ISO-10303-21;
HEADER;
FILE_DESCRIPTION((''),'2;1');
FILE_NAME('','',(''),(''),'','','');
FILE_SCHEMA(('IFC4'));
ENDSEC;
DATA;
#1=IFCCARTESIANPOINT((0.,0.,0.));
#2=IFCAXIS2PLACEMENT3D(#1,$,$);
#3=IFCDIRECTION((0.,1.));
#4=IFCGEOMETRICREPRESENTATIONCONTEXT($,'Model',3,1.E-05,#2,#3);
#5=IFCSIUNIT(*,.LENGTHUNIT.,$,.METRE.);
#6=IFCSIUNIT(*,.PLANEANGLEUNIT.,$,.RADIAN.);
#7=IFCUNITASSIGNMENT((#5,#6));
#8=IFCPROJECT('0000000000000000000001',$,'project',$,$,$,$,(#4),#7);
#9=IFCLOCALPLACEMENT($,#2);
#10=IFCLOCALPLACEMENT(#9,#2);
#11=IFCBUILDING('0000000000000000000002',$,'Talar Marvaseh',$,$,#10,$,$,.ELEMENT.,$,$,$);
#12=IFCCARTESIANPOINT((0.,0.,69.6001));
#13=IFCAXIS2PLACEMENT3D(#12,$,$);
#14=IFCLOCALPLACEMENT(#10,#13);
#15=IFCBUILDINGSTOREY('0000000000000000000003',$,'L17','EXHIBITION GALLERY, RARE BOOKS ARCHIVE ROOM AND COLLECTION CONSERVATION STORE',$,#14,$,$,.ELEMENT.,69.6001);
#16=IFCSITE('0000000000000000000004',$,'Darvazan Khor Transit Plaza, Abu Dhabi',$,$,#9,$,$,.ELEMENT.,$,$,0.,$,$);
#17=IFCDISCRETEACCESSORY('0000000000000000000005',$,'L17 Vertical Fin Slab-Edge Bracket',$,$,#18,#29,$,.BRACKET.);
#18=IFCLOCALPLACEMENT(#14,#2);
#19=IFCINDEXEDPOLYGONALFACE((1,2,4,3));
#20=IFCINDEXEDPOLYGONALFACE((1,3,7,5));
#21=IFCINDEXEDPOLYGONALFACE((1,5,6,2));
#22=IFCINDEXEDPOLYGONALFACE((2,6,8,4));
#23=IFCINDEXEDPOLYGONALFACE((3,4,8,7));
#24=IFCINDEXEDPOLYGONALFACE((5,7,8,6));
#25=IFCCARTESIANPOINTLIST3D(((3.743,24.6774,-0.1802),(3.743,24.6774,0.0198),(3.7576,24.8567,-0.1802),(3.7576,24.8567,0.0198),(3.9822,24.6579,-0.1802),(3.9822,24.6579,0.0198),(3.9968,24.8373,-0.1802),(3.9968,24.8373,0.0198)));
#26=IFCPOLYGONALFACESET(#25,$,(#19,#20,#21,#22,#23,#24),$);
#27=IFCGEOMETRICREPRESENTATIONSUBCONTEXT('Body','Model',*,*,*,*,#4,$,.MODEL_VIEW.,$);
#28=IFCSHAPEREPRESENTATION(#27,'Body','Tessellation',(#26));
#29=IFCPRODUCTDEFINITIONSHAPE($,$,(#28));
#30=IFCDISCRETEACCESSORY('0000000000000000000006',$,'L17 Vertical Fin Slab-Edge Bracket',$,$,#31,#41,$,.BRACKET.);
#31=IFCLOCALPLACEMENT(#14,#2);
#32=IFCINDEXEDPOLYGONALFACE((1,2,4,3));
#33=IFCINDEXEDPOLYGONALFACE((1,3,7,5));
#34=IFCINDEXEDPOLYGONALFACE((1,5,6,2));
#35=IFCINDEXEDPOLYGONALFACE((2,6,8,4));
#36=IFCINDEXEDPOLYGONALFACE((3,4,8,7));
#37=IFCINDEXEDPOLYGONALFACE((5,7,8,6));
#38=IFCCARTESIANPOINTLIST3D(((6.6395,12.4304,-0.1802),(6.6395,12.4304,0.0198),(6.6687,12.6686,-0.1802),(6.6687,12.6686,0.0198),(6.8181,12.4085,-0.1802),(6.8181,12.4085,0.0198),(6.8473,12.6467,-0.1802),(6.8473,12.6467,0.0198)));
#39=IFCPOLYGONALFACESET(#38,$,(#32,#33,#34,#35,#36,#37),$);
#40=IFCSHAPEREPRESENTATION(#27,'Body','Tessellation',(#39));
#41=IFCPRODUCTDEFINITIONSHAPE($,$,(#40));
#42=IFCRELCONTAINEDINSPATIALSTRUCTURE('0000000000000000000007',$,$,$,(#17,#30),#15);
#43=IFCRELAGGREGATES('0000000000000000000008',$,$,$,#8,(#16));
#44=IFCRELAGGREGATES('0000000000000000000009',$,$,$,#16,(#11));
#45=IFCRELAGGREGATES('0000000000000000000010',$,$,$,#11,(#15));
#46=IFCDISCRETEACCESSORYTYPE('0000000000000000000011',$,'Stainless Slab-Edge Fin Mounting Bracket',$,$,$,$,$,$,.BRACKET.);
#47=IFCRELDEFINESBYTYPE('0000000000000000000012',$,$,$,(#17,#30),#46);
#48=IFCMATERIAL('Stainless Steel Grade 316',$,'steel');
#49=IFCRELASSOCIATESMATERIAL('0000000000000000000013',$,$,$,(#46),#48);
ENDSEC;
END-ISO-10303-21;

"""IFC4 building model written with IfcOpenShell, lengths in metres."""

from ifc_helpers import new_model, si_unit, direction, frame, origin, origin_2d, place, context, subcontext, project, spatial, rectangle, extrude, source, transform, mapped, material, type_object, type_shapes, element, save


model = new_model("IFC4")

# Units and contexts
model_context = context("Model", 3, precision=1e-05, world=origin(), true_north=direction((0.0, 1.0)))
body_context = subcontext(model_context, "Body", "Model", "MODEL_VIEW")
ifc_project = project(units=[si_unit("LENGTHUNIT", "METRE"), si_unit("PLANEANGLEUNIT", "RADIAN")], contexts=[model_context])

# Site, building, storey
site_placement = place(None, origin())
site = spatial("IfcSite", under=ifc_project, at=site_placement, Name="Darvazan Khor Transit Plaza, Abu Dhabi", CompositionType="ELEMENT", RefElevation=0.0)
building_placement = place(site_placement, origin())
building = spatial("IfcBuilding", under=site, at=building_placement, Name="Talar Marvaseh", CompositionType="ELEMENT")
storey_placement = place(building_placement, frame((0.0, 0.0, 69.6001)))
storey = spatial("IfcBuildingStorey", under=building, at=storey_placement, Name="L17", Description="EXHIBITION GALLERY, RARE BOOKS ARCHIVE ROOM AND COLLECTION CONSERVATION STORE", CompositionType="ELEMENT", Elevation=69.6001)

# Discrete accessories
ifc_material_1 = material(Name="Stainless Steel Grade 316", Category="steel")
discrete_accessory_type = type_object("IfcDiscreteAccessoryType", Name="Stainless Slab-Edge Fin Mounting Bracket", PredefinedType="BRACKET", material=ifc_material_1)
shared_shape_1 = source(origin(), body_context, "Body", "SweptSolid", [
    extrude(rectangle(XDim=0.24, YDim=0.1799, at=origin_2d()), origin(), (0.0, 0.0, 1.0), 0.2),
])
type_shapes(discrete_accessory_type, [shared_shape_1])
for number, where, z_axis, x_axis, name in (
    (1, (3.8699, 24.7573, -0.1802), (0.0, 0.0, 1.0), (-0.996709, 0.081069, 0.0), "L17 Vertical Fin Slab-Edge Bracket"),
    (2, (6.7434, 12.5386, -0.1802), (0.0, 0.0, 1.0), (-0.121696, -0.992567, 0.0), "L17 Vertical Fin Slab-Edge Bracket"),
):
    element("IfcDiscreteAccessory", number, at=place(storey_placement, frame(where, z_axis=z_axis, x_axis=x_axis)), inside=storey, type_object=discrete_accessory_type, Name=name, PredefinedType="BRACKET", context=body_context, shape_type="MappedRepresentation", body=[
        mapped(shared_shape_1, transform((0.0, 0.0, 0.0), x_axis=(1.0, 0.0, 0.0), y_axis=(0.0, 1.0, 0.0), z_axis=(0.0, 0.0, 1.0), scale=1.0)),
    ])

save(model, "model.ifc")
